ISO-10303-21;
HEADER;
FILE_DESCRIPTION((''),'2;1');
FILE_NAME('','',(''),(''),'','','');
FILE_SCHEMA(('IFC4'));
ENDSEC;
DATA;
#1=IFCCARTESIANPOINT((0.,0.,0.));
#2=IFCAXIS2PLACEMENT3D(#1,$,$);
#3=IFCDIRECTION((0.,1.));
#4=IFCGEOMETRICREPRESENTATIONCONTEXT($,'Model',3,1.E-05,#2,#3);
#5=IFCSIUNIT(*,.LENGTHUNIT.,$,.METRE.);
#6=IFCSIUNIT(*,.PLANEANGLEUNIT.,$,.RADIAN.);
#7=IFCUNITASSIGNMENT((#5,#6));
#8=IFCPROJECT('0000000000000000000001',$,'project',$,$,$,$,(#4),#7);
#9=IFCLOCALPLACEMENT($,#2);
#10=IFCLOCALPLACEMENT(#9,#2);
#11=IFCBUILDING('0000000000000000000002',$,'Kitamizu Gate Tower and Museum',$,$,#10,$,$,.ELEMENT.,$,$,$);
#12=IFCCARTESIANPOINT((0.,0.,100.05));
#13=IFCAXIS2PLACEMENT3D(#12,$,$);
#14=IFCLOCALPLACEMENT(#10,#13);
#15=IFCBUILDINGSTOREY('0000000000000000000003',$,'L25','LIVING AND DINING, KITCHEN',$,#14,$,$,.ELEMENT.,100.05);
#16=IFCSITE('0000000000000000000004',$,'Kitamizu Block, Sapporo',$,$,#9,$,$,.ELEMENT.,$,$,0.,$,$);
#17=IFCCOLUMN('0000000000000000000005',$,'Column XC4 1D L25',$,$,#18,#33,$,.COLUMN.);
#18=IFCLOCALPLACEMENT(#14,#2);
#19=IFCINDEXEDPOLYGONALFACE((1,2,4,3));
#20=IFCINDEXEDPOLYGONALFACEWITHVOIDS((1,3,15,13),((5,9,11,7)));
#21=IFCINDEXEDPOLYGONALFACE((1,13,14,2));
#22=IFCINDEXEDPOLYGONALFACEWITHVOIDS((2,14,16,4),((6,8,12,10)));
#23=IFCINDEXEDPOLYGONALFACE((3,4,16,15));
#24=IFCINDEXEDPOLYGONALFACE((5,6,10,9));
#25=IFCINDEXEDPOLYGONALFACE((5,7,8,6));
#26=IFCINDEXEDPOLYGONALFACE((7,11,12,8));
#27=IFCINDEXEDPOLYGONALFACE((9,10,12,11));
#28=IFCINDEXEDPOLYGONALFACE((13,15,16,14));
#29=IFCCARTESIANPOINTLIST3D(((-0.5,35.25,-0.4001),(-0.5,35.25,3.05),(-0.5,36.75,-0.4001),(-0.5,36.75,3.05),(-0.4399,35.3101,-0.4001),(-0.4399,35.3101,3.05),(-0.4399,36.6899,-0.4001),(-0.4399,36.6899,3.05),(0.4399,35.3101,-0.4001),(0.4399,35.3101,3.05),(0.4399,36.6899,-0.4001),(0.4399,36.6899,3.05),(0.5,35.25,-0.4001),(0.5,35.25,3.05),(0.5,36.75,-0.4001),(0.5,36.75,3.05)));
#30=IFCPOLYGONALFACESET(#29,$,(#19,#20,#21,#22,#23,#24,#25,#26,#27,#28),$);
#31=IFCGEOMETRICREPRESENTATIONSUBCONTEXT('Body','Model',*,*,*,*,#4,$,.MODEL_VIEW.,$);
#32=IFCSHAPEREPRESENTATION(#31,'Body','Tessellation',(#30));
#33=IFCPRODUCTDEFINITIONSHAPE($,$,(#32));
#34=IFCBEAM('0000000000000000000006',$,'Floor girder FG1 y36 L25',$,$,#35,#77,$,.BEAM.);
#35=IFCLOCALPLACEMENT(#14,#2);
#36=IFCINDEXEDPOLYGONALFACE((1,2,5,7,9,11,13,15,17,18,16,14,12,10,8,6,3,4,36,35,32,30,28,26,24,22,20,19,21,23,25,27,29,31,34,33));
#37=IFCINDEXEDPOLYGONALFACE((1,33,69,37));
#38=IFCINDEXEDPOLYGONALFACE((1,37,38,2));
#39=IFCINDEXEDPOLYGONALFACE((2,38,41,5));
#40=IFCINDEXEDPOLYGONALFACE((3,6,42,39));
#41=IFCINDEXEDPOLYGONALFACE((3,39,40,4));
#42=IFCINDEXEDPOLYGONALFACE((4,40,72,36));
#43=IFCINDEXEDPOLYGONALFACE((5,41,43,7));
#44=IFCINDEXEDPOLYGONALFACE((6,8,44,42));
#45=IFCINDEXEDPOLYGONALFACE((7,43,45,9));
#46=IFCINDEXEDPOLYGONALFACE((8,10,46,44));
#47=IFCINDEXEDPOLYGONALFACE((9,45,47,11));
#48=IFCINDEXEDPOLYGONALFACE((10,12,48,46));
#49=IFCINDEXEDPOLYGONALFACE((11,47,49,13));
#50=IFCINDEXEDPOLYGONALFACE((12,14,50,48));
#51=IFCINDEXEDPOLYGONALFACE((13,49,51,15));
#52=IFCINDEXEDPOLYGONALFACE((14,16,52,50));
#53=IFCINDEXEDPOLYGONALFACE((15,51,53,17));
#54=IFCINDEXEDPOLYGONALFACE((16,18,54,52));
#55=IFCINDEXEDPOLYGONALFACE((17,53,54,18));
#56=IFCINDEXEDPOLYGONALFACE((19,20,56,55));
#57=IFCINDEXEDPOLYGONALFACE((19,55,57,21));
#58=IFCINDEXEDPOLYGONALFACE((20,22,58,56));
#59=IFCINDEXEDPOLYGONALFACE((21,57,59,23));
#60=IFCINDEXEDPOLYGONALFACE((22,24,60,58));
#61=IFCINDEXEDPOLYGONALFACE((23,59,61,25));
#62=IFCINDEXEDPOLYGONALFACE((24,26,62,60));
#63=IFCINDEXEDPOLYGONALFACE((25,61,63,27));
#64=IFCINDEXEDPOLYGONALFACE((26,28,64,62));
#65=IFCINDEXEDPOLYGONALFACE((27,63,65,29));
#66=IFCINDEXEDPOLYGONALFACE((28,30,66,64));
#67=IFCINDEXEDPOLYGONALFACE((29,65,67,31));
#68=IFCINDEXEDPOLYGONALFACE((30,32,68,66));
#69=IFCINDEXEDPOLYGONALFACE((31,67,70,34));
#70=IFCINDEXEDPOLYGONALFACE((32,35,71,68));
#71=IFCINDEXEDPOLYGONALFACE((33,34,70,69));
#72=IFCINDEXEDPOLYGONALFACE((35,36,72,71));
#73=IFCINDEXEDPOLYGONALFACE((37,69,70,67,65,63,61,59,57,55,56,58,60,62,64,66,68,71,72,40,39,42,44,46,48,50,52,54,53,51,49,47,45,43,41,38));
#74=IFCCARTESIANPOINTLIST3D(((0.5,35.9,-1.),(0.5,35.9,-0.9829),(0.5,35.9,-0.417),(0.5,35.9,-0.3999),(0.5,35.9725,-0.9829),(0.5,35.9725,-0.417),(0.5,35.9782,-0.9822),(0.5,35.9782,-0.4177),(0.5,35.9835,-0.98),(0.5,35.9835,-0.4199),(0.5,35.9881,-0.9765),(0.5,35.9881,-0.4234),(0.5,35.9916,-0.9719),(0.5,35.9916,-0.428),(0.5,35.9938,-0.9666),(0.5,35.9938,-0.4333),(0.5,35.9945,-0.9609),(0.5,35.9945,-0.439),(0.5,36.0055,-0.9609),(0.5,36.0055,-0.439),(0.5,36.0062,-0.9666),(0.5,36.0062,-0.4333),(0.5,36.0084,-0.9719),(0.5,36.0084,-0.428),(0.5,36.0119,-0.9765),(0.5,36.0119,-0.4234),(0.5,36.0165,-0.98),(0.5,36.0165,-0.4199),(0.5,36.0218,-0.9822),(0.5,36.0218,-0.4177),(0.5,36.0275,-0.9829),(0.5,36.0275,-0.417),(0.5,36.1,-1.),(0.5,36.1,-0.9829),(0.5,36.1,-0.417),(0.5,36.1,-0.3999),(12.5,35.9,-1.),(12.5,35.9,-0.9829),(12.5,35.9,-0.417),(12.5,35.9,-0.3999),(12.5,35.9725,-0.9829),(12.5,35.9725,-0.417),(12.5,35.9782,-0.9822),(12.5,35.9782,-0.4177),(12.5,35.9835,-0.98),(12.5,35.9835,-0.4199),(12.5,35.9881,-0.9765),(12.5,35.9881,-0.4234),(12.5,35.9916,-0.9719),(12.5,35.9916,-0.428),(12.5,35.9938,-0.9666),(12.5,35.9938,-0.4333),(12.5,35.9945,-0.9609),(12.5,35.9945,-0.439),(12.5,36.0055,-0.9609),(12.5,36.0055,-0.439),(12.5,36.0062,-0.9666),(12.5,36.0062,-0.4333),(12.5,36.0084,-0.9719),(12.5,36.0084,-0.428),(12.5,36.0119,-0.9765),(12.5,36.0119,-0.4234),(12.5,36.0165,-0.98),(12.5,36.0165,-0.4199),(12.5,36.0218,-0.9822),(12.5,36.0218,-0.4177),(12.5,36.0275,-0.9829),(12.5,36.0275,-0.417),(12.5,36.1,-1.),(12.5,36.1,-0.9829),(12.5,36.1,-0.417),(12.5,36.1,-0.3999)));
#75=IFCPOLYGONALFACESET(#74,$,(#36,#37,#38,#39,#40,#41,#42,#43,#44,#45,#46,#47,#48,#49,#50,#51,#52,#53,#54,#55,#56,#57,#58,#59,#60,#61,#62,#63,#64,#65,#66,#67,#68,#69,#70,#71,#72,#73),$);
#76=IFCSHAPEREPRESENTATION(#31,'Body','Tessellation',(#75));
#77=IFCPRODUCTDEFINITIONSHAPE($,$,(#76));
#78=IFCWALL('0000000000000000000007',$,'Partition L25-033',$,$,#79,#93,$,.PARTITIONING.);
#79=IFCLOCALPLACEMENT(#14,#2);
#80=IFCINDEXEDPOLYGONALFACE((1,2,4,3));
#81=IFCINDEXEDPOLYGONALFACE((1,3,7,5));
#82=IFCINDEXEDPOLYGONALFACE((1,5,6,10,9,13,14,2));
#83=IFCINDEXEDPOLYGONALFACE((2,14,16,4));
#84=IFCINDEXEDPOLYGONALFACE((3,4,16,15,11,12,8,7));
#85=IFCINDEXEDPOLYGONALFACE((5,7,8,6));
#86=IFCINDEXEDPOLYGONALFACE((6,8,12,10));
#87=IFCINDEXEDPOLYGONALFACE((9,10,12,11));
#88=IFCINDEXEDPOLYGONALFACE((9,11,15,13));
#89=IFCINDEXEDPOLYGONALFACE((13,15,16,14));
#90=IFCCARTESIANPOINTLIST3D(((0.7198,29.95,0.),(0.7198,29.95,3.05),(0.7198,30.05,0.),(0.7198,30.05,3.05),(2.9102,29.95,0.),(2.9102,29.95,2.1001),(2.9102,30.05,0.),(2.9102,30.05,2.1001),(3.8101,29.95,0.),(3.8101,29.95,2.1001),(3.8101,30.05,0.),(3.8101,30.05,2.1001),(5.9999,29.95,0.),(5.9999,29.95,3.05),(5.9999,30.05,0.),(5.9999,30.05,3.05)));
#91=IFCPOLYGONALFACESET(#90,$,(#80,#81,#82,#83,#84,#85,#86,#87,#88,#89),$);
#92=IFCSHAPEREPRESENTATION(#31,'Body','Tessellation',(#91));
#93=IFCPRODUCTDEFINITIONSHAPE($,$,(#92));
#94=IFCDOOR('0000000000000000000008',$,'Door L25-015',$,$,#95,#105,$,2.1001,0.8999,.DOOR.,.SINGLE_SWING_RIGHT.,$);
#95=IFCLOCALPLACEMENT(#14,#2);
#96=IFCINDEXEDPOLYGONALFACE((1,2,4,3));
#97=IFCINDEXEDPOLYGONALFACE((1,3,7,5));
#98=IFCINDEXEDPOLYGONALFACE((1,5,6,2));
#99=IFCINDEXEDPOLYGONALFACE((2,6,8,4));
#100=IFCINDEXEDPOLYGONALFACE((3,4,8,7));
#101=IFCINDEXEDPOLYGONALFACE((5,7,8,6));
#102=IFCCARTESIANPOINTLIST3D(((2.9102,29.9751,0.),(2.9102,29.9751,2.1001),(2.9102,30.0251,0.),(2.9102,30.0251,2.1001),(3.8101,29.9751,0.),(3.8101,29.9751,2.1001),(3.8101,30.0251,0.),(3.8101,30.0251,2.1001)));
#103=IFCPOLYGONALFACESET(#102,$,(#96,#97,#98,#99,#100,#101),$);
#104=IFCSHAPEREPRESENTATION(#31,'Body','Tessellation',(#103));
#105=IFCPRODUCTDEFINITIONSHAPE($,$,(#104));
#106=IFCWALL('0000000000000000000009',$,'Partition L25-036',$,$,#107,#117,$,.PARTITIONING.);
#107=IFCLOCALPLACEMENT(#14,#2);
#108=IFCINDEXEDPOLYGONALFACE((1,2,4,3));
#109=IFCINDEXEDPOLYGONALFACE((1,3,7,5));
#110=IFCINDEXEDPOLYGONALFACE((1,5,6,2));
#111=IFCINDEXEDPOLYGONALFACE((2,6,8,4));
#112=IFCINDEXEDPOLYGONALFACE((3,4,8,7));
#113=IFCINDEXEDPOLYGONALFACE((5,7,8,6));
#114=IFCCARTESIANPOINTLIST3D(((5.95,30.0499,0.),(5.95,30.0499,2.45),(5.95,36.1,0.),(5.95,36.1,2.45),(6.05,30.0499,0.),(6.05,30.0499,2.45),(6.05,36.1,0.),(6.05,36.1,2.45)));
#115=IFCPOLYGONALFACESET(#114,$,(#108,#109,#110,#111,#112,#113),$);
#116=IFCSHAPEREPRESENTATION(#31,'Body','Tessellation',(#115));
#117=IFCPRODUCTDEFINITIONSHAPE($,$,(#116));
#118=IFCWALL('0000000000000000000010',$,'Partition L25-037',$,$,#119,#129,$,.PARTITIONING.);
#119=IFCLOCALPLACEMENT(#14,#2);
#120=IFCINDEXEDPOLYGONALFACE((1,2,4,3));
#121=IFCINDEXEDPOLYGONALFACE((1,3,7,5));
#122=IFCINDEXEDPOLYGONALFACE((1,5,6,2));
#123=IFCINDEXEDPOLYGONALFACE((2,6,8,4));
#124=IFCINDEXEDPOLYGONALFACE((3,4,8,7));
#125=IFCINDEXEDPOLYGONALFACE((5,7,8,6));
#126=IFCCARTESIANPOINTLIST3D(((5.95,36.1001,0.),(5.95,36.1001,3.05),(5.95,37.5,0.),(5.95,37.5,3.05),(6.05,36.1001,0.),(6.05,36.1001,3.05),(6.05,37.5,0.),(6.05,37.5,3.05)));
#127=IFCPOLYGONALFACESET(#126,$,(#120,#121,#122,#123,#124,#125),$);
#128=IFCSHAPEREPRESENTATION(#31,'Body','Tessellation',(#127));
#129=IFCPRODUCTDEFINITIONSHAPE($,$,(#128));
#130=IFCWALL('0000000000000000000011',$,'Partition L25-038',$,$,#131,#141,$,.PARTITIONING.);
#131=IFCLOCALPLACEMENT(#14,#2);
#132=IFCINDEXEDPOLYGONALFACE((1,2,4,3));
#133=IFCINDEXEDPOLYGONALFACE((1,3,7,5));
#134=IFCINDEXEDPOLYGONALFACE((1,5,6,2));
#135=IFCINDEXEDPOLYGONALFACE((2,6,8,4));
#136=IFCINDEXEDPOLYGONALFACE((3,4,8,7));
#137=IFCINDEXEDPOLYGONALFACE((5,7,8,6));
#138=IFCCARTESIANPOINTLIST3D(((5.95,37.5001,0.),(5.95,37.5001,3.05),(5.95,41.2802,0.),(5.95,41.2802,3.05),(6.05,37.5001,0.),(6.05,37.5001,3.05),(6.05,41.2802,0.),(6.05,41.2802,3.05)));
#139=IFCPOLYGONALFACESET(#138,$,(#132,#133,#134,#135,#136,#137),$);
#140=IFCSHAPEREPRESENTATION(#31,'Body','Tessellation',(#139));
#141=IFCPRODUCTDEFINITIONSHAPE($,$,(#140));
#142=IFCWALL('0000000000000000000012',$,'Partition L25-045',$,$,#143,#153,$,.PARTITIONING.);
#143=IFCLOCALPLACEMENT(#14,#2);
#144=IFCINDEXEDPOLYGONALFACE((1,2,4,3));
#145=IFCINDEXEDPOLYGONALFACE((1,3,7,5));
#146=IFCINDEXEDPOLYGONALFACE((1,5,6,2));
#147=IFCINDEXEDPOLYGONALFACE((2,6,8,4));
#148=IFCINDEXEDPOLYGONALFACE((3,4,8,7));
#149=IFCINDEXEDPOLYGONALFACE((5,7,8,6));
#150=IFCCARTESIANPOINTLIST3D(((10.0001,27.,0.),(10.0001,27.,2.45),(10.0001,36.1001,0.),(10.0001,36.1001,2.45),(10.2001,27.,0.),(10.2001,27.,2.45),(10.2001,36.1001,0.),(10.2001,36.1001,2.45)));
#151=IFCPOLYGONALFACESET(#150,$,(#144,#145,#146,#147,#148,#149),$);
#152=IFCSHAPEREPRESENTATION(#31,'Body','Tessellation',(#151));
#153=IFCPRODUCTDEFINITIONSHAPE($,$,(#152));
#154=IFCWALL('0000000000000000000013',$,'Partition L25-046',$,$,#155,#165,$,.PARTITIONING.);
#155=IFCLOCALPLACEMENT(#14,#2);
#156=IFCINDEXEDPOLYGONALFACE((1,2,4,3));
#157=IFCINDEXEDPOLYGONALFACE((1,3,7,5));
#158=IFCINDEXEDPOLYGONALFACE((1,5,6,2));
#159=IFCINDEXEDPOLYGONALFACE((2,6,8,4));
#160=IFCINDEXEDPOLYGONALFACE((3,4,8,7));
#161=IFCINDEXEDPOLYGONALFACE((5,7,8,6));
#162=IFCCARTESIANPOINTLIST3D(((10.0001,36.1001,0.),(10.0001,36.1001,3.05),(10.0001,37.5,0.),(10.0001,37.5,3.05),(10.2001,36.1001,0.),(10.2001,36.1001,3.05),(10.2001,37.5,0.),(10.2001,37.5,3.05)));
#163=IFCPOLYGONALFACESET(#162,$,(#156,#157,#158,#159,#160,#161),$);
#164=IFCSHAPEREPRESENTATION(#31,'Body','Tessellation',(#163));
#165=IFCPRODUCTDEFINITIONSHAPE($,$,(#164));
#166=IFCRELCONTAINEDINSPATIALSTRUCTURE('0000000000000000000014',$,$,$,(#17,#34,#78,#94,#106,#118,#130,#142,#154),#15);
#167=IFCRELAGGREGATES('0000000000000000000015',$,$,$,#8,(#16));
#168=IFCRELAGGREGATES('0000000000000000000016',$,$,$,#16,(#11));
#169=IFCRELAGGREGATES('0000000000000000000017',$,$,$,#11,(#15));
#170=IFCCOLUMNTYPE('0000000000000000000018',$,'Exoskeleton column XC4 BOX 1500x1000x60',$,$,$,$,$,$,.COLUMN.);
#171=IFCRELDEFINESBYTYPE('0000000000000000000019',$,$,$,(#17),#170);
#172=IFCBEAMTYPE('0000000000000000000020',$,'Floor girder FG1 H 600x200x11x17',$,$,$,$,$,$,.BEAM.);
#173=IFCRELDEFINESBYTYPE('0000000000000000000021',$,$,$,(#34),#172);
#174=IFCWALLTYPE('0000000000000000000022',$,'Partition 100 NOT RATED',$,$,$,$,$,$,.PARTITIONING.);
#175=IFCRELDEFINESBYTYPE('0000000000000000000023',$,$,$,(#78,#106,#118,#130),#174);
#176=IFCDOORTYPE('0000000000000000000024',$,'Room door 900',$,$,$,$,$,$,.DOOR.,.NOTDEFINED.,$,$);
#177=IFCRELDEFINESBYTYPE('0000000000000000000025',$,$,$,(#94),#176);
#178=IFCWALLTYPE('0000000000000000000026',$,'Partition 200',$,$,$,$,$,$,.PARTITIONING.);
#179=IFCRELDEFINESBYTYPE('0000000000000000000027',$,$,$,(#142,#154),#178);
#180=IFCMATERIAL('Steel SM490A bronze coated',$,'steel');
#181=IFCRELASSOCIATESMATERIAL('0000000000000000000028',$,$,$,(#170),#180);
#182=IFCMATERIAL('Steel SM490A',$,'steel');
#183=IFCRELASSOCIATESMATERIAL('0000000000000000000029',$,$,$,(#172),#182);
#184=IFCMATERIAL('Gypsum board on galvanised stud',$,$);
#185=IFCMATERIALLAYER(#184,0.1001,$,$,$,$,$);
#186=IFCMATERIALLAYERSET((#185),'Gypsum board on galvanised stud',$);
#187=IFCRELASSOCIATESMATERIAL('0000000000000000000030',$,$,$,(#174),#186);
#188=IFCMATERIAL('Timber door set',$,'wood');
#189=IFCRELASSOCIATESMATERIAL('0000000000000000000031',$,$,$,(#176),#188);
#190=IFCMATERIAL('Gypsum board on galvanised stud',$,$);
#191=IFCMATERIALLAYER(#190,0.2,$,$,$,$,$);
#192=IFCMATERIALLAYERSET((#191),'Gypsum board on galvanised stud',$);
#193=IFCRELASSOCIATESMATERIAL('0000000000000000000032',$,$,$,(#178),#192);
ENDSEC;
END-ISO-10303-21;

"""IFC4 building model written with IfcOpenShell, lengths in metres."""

from ifc_helpers import new_model, si_unit, direction, frame, frame_2d, origin, origin_2d, place, context, subcontext, project, spatial, rectangle, hollow_rectangle, i_section, extrude, material, layer, layer_set, material_profile, profile_set, type_object, element, fill, save


model = new_model("IFC4")

# Units and contexts
model_context = context("Model", 3, precision=1e-05, world=origin(), true_north=direction((0.0, 1.0)))
body_context = subcontext(model_context, "Body", "Model", "MODEL_VIEW")
ifc_project = project(units=[si_unit("LENGTHUNIT", "METRE"), si_unit("PLANEANGLEUNIT", "RADIAN")], contexts=[model_context])

# Site, building, storey
site_placement = place(None, origin())
site = spatial("IfcSite", under=ifc_project, at=site_placement, Name="Kitamizu Block, Sapporo", CompositionType="ELEMENT", RefElevation=0.0)
building_placement = place(site_placement, origin())
building = spatial("IfcBuilding", under=site, at=building_placement, Name="Kitamizu Gate Tower and Museum", CompositionType="ELEMENT")
storey_placement = place(building_placement, frame((0.0, 0.0, 100.05)))
storey = spatial("IfcBuildingStorey", under=building, at=storey_placement, Name="L25", Description="LIVING AND DINING, KITCHEN", CompositionType="ELEMENT", Elevation=100.05)

# Column
ifc_material_1 = material(Name="Steel SM490A bronze coated", Category="steel")
ifc_material_profile_1 = material_profile(ifc_material_1, hollow_rectangle(XDim=1.5, YDim=1.0, WallThickness=0.0601, at=origin_2d()), Name="BOX 1500x1000x60")
ifc_profile_set_1 = profile_set([ifc_material_profile_1], Name="Steel SM490A bronze coated")
column_type = type_object("IfcColumnType", Name="Exoskeleton column XC4 BOX 1500x1000x60", PredefinedType="COLUMN", material=ifc_profile_set_1)
column_placement = place(storey_placement, frame((0.0, 36.0, -0.4001), z_axis=(0.0, 0.0, 1.0), x_axis=(0.0, 1.0, 0.0)))
element("IfcColumn", 1, at=column_placement, inside=storey, type_object=column_type, Name="Column XC4 1D L25", PredefinedType="COLUMN", context=body_context, shape_type="SweptSolid", body=[
    extrude(hollow_rectangle(XDim=1.5, YDim=1.0, WallThickness=0.0601, at=origin_2d()), origin(), (0.0, 0.0, 1.0), 3.4502),
])

# Beam
ifc_material_2 = material(Name="Steel SM490A", Category="steel")
ifc_material_profile_2 = material_profile(ifc_material_2, i_section(OverallWidth=0.2, OverallDepth=0.6001, WebThickness=0.011, FlangeThickness=0.0171, FilletRadius=0.022, at=origin_2d()), Name="H-600x200x11x17")
ifc_profile_set_2 = profile_set([ifc_material_profile_2], Name="Steel SM490A")
beam_type = type_object("IfcBeamType", Name="Floor girder FG1 H 600x200x11x17", PredefinedType="BEAM", material=ifc_profile_set_2)
beam_placement = place(storey_placement, frame((0.5, 36.0, -0.7), z_axis=(1.0, 0.0, 0.0), x_axis=(0.0, 1.0, 0.0)))
element("IfcBeam", 2, at=beam_placement, inside=storey, type_object=beam_type, Name="Floor girder FG1 y36 L25", PredefinedType="BEAM", context=body_context, shape_type="SweptSolid", body=[
    extrude(i_section(OverallWidth=0.2, OverallDepth=0.6001, WebThickness=0.011, FlangeThickness=0.0171, FilletRadius=0.022, at=origin_2d()), origin(), (0.0, 0.0, 1.0), 12.0),
])

# Wall, opening, door
ifc_material_3 = material(Name="Gypsum board on galvanised stud")
ifc_layer_1 = layer(ifc_material_3, 0.1001)
ifc_layer_set_1 = layer_set([ifc_layer_1], Name="Gypsum board on galvanised stud")
wall_type_1 = type_object("IfcWallType", Name="Partition 100 NOT RATED", PredefinedType="PARTITIONING", material=ifc_layer_set_1)
wall_1_placement = place(storey_placement, frame((6.0, 30.0, 0.0), z_axis=(0.0, 0.0, 1.0), x_axis=(-1.0, 0.0, 0.0)))
wall_1 = element("IfcWall", 3, at=wall_1_placement, inside=storey, type_object=wall_type_1, Name="Partition L25-033", PredefinedType="PARTITIONING", context=body_context, shape_type="SweptSolid", body=[
    extrude(rectangle(XDim=5.28, YDim=0.1001, at=frame_2d((2.6401, 0.0))), origin(), (0.0, 0.0, 1.0), 3.05),
])
opening_placement = place(wall_1_placement, frame((2.1899, 0.0, 0.0)))
opening = element("IfcOpeningElement", 4, at=opening_placement, cuts=wall_1, PredefinedType="OPENING", context=body_context, shape_type="SweptSolid", body=[
    extrude(rectangle(XDim=0.8999, YDim=2.1001, at=frame_2d((0.45, 1.05))), frame((0.0, 0.0601, 0.0), z_axis=(0.0, -1.0, 0.0), x_axis=(1.0, 0.0, 0.0)), (0.0, 0.0, 1.0), 0.1201),
])
ifc_material_4 = material(Name="Timber door set", Category="wood")
door_type = type_object("IfcDoorType", Name="Room door 900", OperationType="NOTDEFINED", PredefinedType="DOOR", material=ifc_material_4)
door_placement = place(opening_placement, origin())
door = element("IfcDoor", 5, at=door_placement, inside=storey, type_object=door_type, Name="Door L25-015", OperationType="SINGLE_SWING_RIGHT", OverallHeight=2.1001, OverallWidth=0.8999, PredefinedType="DOOR", context=body_context, shape_type="SweptSolid", body=[
    extrude(rectangle(XDim=0.8999, YDim=2.1001, at=frame_2d((0.45, 1.05))), frame((0.0, 0.0249, 0.0), z_axis=(0.0, -1.0, 0.0), x_axis=(1.0, 0.0, 0.0)), (0.0, 0.0, 1.0), 0.05),
])
fill(opening, door)

# Walls
wall_2_placement = place(storey_placement, frame((6.0, 30.05, 0.0), z_axis=(0.0, 0.0, 1.0), x_axis=(0.0, 1.0, 0.0)))
element("IfcWall", 6, at=wall_2_placement, inside=storey, type_object=wall_type_1, Name="Partition L25-036", PredefinedType="PARTITIONING", context=body_context, shape_type="SweptSolid", body=[
    extrude(rectangle(XDim=6.05, YDim=0.1001, at=frame_2d((3.0249, 0.0))), origin(), (0.0, 0.0, 1.0), 2.45),
])
wall_3_placement = place(storey_placement, frame((6.0, 36.1001, 0.0), z_axis=(0.0, 0.0, 1.0), x_axis=(0.0, 1.0, 0.0)))
element("IfcWall", 7, at=wall_3_placement, inside=storey, type_object=wall_type_1, Name="Partition L25-037", PredefinedType="PARTITIONING", context=body_context, shape_type="SweptSolid", body=[
    extrude(rectangle(XDim=1.3999, YDim=0.1001, at=frame_2d((0.7, 0.0))), origin(), (0.0, 0.0, 1.0), 3.05),
])
wall_4_placement = place(storey_placement, frame((6.0, 37.5, 0.0), z_axis=(0.0, 0.0, 1.0), x_axis=(0.0, 1.0, 0.0)))
element("IfcWall", 8, at=wall_4_placement, inside=storey, type_object=wall_type_1, Name="Partition L25-038", PredefinedType="PARTITIONING", context=body_context, shape_type="SweptSolid", body=[
    extrude(rectangle(XDim=3.78, YDim=0.1001, at=frame_2d((1.8901, 0.0))), origin(), (0.0, 0.0, 1.0), 3.05),
])
ifc_material_5 = material(Name="Gypsum board on galvanised stud")
ifc_layer_2 = layer(ifc_material_5, 0.2)
ifc_layer_set_2 = layer_set([ifc_layer_2], Name="Gypsum board on galvanised stud")
wall_type_2 = type_object("IfcWallType", Name="Partition 200", PredefinedType="PARTITIONING", material=ifc_layer_set_2)
wall_5_placement = place(storey_placement, frame((10.1001, 27.0, 0.0), z_axis=(0.0, 0.0, 1.0), x_axis=(0.0, 1.0, 0.0)))
element("IfcWall", 9, at=wall_5_placement, inside=storey, type_object=wall_type_2, Name="Partition L25-045", PredefinedType="PARTITIONING", context=body_context, shape_type="SweptSolid", body=[
    extrude(rectangle(XDim=9.1001, YDim=0.2, at=frame_2d((4.55, 0.0))), origin(), (0.0, 0.0, 1.0), 2.45),
])
wall_6_placement = place(storey_placement, frame((10.1001, 36.1001, 0.0), z_axis=(0.0, 0.0, 1.0), x_axis=(0.0, 1.0, 0.0)))
element("IfcWall", 10, at=wall_6_placement, inside=storey, type_object=wall_type_2, Name="Partition L25-046", PredefinedType="PARTITIONING", context=body_context, shape_type="SweptSolid", body=[
    extrude(rectangle(XDim=1.3999, YDim=0.2, at=frame_2d((0.7, 0.0))), origin(), (0.0, 0.0, 1.0), 3.05),
])

save(model, "model.ifc")
